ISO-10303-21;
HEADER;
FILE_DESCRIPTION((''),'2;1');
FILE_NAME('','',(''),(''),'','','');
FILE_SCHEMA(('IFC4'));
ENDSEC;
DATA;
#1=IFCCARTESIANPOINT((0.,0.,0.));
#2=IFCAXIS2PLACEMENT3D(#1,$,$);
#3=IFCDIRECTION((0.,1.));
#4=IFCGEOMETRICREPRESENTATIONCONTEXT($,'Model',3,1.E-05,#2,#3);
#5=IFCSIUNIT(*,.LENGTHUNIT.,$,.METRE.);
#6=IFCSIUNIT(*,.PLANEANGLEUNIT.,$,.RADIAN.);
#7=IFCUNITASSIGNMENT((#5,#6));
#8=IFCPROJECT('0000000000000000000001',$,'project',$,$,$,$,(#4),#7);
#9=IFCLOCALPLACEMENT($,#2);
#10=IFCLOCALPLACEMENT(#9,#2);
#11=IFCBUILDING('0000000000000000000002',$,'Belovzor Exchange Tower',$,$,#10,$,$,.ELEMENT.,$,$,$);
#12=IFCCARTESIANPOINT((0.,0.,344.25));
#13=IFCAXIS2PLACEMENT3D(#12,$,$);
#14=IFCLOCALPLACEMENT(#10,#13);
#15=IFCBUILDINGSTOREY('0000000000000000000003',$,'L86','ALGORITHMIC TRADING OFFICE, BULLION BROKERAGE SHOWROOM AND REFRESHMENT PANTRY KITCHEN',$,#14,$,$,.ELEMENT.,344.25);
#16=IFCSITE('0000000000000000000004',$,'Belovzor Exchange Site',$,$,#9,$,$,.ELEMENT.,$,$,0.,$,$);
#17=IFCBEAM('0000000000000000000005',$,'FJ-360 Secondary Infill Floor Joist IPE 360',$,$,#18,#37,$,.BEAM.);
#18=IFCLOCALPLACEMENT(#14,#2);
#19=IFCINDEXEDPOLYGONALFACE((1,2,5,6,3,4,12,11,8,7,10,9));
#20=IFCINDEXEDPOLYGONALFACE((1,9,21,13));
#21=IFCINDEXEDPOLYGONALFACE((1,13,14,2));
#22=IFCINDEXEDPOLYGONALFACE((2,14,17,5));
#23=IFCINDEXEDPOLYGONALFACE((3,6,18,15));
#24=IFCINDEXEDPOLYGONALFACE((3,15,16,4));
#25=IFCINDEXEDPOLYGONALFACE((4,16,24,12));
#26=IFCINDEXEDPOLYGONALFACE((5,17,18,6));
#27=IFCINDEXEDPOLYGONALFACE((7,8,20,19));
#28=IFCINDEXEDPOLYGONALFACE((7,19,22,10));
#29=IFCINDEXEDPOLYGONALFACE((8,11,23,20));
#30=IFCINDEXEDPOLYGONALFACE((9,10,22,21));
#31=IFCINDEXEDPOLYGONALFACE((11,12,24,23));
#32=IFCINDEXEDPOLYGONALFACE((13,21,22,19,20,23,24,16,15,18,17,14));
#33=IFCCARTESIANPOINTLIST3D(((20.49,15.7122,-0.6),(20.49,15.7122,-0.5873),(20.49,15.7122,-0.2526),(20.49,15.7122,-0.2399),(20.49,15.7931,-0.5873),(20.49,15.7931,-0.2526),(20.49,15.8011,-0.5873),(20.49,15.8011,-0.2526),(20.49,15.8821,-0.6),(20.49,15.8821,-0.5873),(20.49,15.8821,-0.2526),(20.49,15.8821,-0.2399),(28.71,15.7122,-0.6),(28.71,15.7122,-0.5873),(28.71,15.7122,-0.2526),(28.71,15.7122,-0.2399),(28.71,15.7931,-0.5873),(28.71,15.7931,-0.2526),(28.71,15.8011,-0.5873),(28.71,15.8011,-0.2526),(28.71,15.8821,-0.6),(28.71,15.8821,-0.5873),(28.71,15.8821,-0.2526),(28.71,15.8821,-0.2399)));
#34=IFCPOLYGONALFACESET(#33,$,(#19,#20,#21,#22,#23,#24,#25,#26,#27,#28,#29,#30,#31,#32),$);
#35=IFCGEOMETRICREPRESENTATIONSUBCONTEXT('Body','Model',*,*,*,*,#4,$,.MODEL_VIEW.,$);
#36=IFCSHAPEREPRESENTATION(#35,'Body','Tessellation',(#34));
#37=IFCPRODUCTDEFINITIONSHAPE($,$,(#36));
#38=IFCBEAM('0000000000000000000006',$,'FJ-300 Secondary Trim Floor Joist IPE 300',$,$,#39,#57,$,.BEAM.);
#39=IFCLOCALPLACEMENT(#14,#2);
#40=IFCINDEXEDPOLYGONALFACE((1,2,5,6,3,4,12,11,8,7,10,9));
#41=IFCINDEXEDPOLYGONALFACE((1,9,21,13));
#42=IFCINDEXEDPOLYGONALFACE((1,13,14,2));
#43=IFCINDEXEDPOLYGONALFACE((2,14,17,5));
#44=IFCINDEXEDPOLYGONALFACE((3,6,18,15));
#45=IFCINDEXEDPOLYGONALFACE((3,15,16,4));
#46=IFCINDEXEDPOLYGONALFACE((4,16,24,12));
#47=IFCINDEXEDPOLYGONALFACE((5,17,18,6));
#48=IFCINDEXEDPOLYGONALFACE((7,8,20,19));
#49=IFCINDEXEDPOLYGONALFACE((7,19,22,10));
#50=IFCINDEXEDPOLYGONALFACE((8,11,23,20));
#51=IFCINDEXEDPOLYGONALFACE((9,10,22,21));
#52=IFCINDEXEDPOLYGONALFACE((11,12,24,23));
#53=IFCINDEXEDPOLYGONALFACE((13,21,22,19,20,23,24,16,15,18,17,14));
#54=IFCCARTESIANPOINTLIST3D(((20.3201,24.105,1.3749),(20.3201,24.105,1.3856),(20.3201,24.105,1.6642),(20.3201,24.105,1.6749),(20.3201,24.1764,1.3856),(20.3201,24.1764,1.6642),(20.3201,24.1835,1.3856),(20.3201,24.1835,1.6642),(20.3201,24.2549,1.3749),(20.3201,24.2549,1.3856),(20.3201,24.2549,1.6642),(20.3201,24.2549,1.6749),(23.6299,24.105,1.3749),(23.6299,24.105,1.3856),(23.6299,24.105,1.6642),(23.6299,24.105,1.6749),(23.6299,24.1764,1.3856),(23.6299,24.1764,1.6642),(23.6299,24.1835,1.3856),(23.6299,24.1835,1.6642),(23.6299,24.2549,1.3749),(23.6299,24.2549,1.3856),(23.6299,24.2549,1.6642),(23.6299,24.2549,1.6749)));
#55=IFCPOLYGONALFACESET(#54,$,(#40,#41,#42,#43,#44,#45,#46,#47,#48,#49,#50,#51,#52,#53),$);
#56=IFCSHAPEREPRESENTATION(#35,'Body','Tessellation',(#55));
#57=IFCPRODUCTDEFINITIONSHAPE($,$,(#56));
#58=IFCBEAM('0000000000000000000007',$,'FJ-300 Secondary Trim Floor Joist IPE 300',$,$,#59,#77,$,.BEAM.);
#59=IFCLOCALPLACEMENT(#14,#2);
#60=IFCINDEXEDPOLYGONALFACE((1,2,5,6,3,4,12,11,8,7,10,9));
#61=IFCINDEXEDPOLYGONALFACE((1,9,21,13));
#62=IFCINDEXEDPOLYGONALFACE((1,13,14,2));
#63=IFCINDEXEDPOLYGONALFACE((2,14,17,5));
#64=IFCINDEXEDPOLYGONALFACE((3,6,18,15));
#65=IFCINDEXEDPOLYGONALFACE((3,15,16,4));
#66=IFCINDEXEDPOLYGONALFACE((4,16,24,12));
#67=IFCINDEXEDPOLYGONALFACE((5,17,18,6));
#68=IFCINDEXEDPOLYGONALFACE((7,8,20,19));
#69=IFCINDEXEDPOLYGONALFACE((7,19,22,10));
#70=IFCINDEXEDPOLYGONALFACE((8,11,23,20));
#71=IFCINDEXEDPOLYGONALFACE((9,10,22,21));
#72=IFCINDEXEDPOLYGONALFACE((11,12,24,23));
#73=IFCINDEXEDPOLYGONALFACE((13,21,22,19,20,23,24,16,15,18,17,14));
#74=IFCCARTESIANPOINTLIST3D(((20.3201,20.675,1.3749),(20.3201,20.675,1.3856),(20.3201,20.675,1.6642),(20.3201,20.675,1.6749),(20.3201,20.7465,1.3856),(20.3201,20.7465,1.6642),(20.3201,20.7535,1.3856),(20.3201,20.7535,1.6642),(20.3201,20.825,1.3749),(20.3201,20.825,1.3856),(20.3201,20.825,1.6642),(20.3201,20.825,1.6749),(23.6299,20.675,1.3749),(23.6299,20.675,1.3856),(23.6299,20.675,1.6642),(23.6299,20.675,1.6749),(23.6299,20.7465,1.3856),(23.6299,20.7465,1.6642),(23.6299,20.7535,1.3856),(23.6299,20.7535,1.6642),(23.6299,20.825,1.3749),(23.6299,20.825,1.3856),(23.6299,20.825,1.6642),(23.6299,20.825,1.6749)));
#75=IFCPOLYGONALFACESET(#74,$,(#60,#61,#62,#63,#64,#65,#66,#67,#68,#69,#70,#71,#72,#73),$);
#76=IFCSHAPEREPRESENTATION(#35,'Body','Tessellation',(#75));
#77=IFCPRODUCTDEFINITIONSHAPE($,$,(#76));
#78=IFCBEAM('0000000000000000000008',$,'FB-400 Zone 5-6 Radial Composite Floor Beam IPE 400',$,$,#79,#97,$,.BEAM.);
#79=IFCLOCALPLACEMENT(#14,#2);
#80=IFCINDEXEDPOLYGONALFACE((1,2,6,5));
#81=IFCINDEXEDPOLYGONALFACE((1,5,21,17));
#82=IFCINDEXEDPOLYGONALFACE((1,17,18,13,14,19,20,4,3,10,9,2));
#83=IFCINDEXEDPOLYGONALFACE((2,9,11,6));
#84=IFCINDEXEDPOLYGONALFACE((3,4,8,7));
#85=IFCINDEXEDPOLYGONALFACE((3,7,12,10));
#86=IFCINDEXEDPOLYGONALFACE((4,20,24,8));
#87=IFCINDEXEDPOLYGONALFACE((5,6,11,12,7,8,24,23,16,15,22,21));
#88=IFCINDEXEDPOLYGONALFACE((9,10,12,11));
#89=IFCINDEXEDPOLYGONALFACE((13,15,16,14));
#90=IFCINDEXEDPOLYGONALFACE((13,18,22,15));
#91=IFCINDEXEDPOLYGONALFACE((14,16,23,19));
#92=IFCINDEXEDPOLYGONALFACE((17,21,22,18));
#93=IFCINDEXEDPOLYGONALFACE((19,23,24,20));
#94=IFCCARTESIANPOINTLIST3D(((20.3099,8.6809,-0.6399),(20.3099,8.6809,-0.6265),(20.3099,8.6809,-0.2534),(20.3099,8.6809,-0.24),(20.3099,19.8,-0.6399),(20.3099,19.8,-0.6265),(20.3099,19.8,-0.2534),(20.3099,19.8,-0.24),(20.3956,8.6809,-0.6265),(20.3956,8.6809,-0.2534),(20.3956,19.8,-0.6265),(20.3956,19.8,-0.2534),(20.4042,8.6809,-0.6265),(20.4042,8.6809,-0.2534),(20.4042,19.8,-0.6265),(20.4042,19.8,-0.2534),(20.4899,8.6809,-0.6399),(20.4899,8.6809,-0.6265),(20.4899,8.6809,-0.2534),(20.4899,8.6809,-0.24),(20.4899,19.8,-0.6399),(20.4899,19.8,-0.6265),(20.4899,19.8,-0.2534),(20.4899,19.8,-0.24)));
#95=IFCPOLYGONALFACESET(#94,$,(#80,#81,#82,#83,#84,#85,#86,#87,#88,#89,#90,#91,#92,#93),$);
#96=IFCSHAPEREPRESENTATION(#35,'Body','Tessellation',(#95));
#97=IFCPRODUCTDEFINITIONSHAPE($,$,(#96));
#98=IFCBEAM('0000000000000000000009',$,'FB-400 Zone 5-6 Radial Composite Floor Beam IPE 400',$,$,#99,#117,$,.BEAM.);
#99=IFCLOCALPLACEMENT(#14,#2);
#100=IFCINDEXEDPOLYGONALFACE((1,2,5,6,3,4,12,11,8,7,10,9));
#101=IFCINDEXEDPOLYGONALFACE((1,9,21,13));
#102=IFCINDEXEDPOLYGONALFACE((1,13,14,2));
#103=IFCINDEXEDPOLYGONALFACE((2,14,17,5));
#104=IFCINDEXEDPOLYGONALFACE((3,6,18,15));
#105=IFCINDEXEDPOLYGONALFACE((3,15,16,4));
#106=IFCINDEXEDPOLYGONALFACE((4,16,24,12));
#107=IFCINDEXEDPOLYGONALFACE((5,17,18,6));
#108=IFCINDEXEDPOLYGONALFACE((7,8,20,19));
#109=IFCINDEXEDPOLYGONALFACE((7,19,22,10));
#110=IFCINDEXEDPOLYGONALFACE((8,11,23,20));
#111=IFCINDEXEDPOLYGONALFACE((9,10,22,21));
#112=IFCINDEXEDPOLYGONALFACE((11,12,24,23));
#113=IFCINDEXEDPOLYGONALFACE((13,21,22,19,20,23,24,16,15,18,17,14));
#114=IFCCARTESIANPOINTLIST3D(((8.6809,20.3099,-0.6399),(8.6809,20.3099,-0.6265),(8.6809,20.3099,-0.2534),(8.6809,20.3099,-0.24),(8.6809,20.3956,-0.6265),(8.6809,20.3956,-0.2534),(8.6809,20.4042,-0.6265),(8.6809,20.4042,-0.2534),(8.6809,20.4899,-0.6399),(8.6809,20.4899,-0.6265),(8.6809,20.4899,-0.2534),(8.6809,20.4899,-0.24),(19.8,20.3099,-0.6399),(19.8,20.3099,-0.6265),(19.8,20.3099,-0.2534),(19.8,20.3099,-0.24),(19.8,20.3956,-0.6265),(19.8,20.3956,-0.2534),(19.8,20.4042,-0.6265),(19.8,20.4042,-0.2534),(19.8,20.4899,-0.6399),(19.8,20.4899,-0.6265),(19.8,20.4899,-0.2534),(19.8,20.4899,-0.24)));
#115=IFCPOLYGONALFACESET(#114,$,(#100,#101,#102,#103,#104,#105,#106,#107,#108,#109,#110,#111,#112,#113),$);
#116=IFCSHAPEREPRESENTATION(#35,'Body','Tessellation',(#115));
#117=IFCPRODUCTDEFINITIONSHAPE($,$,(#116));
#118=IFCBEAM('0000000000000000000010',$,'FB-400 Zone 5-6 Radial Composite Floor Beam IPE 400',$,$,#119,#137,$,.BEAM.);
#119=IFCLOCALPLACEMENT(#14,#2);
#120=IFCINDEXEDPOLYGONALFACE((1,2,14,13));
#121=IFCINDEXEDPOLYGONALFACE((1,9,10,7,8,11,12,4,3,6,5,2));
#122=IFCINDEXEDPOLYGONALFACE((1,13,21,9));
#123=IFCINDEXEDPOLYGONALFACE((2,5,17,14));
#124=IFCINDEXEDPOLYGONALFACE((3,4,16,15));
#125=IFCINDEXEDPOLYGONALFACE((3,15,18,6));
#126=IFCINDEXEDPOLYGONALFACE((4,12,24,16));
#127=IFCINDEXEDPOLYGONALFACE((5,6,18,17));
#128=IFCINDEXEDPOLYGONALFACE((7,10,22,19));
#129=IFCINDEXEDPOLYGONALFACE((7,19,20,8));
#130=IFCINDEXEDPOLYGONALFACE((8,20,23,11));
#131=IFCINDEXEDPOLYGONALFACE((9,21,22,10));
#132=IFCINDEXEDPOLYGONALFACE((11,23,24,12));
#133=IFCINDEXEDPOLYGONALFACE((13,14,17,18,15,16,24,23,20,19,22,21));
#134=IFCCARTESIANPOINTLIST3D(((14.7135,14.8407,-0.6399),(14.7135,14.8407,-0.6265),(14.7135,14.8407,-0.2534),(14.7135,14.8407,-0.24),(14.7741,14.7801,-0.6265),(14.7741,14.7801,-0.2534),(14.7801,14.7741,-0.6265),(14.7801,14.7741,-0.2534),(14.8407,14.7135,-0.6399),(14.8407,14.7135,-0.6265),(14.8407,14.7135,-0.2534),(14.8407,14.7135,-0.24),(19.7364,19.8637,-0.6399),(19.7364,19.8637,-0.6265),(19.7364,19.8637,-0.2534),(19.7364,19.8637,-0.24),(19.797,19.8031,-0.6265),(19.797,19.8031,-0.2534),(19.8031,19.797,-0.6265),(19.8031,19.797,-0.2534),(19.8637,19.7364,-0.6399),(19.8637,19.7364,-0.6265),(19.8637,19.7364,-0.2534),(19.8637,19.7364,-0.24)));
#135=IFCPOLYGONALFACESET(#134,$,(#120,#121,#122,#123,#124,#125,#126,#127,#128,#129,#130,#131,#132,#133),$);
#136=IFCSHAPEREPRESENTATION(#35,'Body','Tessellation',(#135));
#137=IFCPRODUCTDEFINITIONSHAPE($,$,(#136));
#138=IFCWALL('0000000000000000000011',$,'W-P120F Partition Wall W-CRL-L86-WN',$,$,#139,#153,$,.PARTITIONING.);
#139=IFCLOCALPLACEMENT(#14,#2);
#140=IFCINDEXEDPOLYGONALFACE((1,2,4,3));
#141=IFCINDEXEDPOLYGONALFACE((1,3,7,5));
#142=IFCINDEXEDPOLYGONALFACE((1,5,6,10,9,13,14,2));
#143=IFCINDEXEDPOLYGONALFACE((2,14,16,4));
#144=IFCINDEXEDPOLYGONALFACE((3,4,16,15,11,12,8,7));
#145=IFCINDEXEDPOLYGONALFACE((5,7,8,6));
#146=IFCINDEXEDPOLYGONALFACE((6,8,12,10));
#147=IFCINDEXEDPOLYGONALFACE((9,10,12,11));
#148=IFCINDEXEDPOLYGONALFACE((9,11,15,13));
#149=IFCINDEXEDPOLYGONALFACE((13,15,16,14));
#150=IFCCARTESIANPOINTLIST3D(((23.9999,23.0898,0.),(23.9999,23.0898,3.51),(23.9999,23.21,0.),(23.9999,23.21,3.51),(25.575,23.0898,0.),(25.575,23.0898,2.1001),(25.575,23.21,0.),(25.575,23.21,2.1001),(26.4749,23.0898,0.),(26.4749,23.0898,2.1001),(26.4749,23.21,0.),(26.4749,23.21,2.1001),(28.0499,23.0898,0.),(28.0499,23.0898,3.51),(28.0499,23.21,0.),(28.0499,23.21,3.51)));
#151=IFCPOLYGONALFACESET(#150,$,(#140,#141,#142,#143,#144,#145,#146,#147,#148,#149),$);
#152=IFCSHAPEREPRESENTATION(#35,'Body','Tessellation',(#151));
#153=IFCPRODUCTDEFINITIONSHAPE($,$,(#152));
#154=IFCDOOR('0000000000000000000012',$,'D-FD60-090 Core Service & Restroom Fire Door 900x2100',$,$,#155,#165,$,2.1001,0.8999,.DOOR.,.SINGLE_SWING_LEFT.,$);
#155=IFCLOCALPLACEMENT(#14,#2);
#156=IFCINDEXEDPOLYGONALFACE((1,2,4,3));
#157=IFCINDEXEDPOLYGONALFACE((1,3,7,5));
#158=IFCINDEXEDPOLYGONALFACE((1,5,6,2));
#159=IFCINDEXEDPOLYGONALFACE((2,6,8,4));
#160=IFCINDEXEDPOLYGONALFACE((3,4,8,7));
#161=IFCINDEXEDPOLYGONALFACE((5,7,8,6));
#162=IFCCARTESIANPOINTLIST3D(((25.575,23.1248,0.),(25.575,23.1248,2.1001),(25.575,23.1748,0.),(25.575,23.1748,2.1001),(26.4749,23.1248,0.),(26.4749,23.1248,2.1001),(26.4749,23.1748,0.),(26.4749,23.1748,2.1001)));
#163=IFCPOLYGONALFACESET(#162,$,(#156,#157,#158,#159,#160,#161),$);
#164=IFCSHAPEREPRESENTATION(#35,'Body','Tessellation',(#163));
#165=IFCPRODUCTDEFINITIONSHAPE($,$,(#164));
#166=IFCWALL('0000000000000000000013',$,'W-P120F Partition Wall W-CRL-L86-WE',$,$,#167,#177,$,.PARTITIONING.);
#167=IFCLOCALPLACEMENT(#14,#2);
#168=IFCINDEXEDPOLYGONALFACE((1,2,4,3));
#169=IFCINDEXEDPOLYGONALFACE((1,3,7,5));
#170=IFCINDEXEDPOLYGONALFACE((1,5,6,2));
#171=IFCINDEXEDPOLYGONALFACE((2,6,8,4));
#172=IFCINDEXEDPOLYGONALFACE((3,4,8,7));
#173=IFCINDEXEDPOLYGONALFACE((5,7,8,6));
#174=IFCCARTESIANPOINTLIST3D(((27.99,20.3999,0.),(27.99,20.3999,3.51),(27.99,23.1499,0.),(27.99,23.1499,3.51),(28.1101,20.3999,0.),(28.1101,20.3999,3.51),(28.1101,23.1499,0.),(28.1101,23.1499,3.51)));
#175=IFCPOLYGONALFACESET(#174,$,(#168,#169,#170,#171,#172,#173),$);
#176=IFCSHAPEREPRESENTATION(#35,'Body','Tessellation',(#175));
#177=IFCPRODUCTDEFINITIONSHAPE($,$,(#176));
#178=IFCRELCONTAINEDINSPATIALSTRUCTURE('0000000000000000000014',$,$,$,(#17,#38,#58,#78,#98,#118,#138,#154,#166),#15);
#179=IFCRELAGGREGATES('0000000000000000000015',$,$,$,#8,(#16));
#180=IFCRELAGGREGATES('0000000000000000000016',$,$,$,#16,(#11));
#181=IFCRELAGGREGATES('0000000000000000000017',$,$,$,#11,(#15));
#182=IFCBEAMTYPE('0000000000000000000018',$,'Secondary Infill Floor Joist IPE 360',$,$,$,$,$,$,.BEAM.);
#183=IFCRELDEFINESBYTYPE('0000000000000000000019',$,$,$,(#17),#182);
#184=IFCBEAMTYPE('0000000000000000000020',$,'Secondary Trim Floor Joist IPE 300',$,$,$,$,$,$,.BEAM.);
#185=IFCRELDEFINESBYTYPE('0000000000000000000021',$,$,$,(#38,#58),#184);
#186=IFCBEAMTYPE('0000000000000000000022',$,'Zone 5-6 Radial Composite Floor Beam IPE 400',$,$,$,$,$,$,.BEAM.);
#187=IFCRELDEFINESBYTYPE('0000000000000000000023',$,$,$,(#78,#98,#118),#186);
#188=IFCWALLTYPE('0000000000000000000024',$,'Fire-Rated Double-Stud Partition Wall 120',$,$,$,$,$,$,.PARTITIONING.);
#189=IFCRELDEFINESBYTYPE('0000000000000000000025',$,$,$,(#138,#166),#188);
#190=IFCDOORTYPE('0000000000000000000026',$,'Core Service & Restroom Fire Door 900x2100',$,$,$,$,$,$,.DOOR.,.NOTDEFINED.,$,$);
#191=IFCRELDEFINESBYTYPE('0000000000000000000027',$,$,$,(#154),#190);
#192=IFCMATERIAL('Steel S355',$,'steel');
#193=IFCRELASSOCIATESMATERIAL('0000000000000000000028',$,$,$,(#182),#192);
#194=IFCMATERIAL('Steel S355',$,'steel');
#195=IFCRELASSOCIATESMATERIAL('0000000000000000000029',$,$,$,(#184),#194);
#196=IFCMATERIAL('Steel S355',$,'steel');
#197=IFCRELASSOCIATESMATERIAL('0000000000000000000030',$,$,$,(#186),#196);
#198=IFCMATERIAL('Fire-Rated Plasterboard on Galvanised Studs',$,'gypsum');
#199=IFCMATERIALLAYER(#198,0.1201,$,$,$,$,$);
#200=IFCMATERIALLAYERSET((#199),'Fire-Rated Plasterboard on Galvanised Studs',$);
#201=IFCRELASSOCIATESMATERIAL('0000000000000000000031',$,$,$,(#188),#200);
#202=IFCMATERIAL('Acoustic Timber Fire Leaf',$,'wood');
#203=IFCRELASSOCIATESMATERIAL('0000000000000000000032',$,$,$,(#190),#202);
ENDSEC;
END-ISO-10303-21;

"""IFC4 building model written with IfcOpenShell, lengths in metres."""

from ifc_helpers import new_model, si_unit, direction, frame, frame_2d, origin, origin_2d, place, context, subcontext, project, spatial, rectangle, i_section, extrude, material, layer, layer_set, material_profile, profile_set, type_object, element, fill, save


model = new_model("IFC4")

# Units and contexts
model_context = context("Model", 3, precision=1e-05, world=origin(), true_north=direction((0.0, 1.0)))
body_context = subcontext(model_context, "Body", "Model", "MODEL_VIEW")
ifc_project = project(units=[si_unit("LENGTHUNIT", "METRE"), si_unit("PLANEANGLEUNIT", "RADIAN")], contexts=[model_context])

# Site, building, storey
site_placement = place(None, origin())
site = spatial("IfcSite", under=ifc_project, at=site_placement, Name="Belovzor Exchange Site", CompositionType="ELEMENT", RefElevation=0.0)
building_placement = place(site_placement, origin())
building = spatial("IfcBuilding", under=site, at=building_placement, Name="Belovzor Exchange Tower", CompositionType="ELEMENT")
storey_placement = place(building_placement, frame((0.0, 0.0, 344.25)))
storey = spatial("IfcBuildingStorey", under=building, at=storey_placement, Name="L86", Description="ALGORITHMIC TRADING OFFICE, BULLION BROKERAGE SHOWROOM AND REFRESHMENT PANTRY KITCHEN", CompositionType="ELEMENT", Elevation=344.25)

# Beams
ifc_material_1 = material(Name="Steel S355", Category="steel")
ifc_material_profile_1 = material_profile(ifc_material_1, i_section(OverallWidth=0.1699, OverallDepth=0.3601, WebThickness=0.0081, FlangeThickness=0.0127, at=origin_2d()))
ifc_profile_set_1 = profile_set([ifc_material_profile_1], Name="Steel S355")
beam_type_1 = type_object("IfcBeamType", Name="Secondary Infill Floor Joist IPE 360", PredefinedType="BEAM", material=ifc_profile_set_1)
beam_1_placement = place(storey_placement, frame((20.49, 15.7971, -0.4199), z_axis=(1.0, 0.0, 0.0), x_axis=(0.0, 1.0, 0.0)))
element("IfcBeam", 1, at=beam_1_placement, inside=storey, type_object=beam_type_1, Name="FJ-360 Secondary Infill Floor Joist IPE 360", PredefinedType="BEAM", context=body_context, shape_type="SweptSolid", body=[
    extrude(i_section(OverallWidth=0.1699, OverallDepth=0.3601, WebThickness=0.0081, FlangeThickness=0.0127, at=origin_2d()), origin(), (0.0, 0.0, 1.0), 8.22),
])
ifc_material_2 = material(Name="Steel S355", Category="steel")
ifc_material_profile_2 = material_profile(ifc_material_2, i_section(OverallWidth=0.1499, OverallDepth=0.3, WebThickness=0.0071, FlangeThickness=0.0107, at=origin_2d()))
ifc_profile_set_2 = profile_set([ifc_material_profile_2], Name="Steel S355")
beam_type_2 = type_object("IfcBeamType", Name="Secondary Trim Floor Joist IPE 300", PredefinedType="BEAM", material=ifc_profile_set_2)
for number, where, z_axis, x_axis, name in (
    (2, (20.3201, 24.1799, 1.5249), (1.0, 0.0, 0.0), (0.0, 1.0, 0.0), "FJ-300 Secondary Trim Floor Joist IPE 300"),
    (3, (20.3201, 20.75, 1.5249), (1.0, 0.0, 0.0), (0.0, 1.0, 0.0), "FJ-300 Secondary Trim Floor Joist IPE 300"),
):
    element("IfcBeam", number, at=place(storey_placement, frame(where, z_axis=z_axis, x_axis=x_axis)), inside=storey, type_object=beam_type_2, Name=name, PredefinedType="BEAM", context=body_context, shape_type="SweptSolid", body=[
        extrude(i_section(OverallWidth=0.1499, OverallDepth=0.3, WebThickness=0.0071, FlangeThickness=0.0107, at=origin_2d()), origin(), (0.0, 0.0, 1.0), 3.3098),
    ])
ifc_material_3 = material(Name="Steel S355", Category="steel")
ifc_material_profile_3 = material_profile(ifc_material_3, i_section(OverallWidth=0.1799, OverallDepth=0.3999, WebThickness=0.0085, FlangeThickness=0.0134, at=origin_2d()))
ifc_profile_set_3 = profile_set([ifc_material_profile_3], Name="Steel S355")
beam_type_3 = type_object("IfcBeamType", Name="Zone 5-6 Radial Composite Floor Beam IPE 400", PredefinedType="BEAM", material=ifc_profile_set_3)
for number, where, z_axis, x_axis, name in (
    (4, (20.3999, 19.8, -0.4399), (0.0, -1.0, 0.0), (1.0, 0.0, 0.0), "FB-400 Zone 5-6 Radial Composite Floor Beam IPE 400"),
    (5, (19.8, 20.3999, -0.4399), (-1.0, 0.0, 0.0), (0.0, -1.0, 0.0), "FB-400 Zone 5-6 Radial Composite Floor Beam IPE 400"),
):
    element("IfcBeam", number, at=place(storey_placement, frame(where, z_axis=z_axis, x_axis=x_axis)), inside=storey, type_object=beam_type_3, Name=name, PredefinedType="BEAM", context=body_context, shape_type="SweptSolid", body=[
        extrude(i_section(OverallWidth=0.1799, OverallDepth=0.3999, WebThickness=0.0085, FlangeThickness=0.0134, at=origin_2d()), origin(), (0.0, 0.0, 1.0), 11.1191),
    ])
beam_2_placement = place(storey_placement, frame((19.8, 19.8, -0.4399), z_axis=(-0.707107, -0.707107, 0.0), x_axis=(0.707107, -0.707107, 0.0)))
element("IfcBeam", 6, at=beam_2_placement, inside=storey, type_object=beam_type_3, Name="FB-400 Zone 5-6 Radial Composite Floor Beam IPE 400", PredefinedType="BEAM", context=body_context, shape_type="SweptSolid", body=[
    extrude(i_section(OverallWidth=0.1799, OverallDepth=0.3999, WebThickness=0.0085, FlangeThickness=0.0134, at=origin_2d()), origin(), (0.0, 0.0, 1.0), 7.1035),
])

# Wall, opening, door
ifc_material_4 = material(Name="Fire-Rated Plasterboard on Galvanised Studs", Category="gypsum")
ifc_layer_1 = layer(ifc_material_4, 0.1201)
ifc_layer_set_1 = layer_set([ifc_layer_1], Name="Fire-Rated Plasterboard on Galvanised Studs")
wall_type_1 = type_object("IfcWallType", Name="Fire-Rated Double-Stud Partition Wall 120", PredefinedType="PARTITIONING", material=ifc_layer_set_1)
wall_1_placement = place(storey_placement, frame((24.0, 23.1499, 0.0), z_axis=(0.0, 0.0, 1.0), x_axis=(1.0, 0.0, 0.0)))
wall_1 = element("IfcWall", 7, at=wall_1_placement, inside=storey, type_object=wall_type_1, Name="W-P120F Partition Wall W-CRL-L86-WN", PredefinedType="PARTITIONING", context=body_context, shape_type="SweptSolid", body=[
    extrude(rectangle(XDim=4.05, YDim=0.1201, at=frame_2d((2.0249, 0.0))), origin(), (0.0, 0.0, 1.0), 3.51),
])
opening_1_placement = place(wall_1_placement, frame((1.575, 0.0, 0.0)))
opening_1 = element("IfcOpeningElement", 8, at=opening_1_placement, cuts=wall_1, PredefinedType="OPENING", context=body_context, shape_type="SweptSolid", body=[
    extrude(rectangle(XDim=0.8999, YDim=2.1001, at=frame_2d((0.45, 1.05))), frame((0.0, 0.0701, 0.0), z_axis=(0.0, -1.0, 0.0), x_axis=(1.0, 0.0, 0.0)), (0.0, 0.0, 1.0), 0.1401),
])
ifc_material_5 = material(Name="Acoustic Timber Fire Leaf", Category="wood")
door_type_1 = type_object("IfcDoorType", Name="Core Service & Restroom Fire Door 900x2100", OperationType="NOTDEFINED", PredefinedType="DOOR", material=ifc_material_5)
door_1_placement = place(opening_1_placement, origin())
door_1 = element("IfcDoor", 9, at=door_1_placement, inside=storey, type_object=door_type_1, Name="D-FD60-090 Core Service & Restroom Fire Door 900x2100", OperationType="SINGLE_SWING_LEFT", OverallHeight=2.1001, OverallWidth=0.8999, PredefinedType="DOOR", context=body_context, shape_type="SweptSolid", body=[
    extrude(rectangle(XDim=0.8999, YDim=2.1001, at=frame_2d((0.45, 1.05))), frame((0.0, 0.0249, 0.0), z_axis=(0.0, -1.0, 0.0), x_axis=(1.0, 0.0, 0.0)), (0.0, 0.0, 1.0), 0.05),
])
fill(opening_1, door_1)

# Wall
wall_2_placement = place(storey_placement, frame((28.05, 20.3999, 0.0), z_axis=(0.0, 0.0, 1.0), x_axis=(0.0, 1.0, 0.0)))
element("IfcWall", 10, at=wall_2_placement, inside=storey, type_object=wall_type_1, Name="W-P120F Partition Wall W-CRL-L86-WE", PredefinedType="PARTITIONING", context=body_context, shape_type="SweptSolid", body=[
    extrude(rectangle(XDim=2.75, YDim=0.1201, at=frame_2d((1.375, 0.0))), origin(), (0.0, 0.0, 1.0), 3.51),
])

save(model, "model.ifc")
